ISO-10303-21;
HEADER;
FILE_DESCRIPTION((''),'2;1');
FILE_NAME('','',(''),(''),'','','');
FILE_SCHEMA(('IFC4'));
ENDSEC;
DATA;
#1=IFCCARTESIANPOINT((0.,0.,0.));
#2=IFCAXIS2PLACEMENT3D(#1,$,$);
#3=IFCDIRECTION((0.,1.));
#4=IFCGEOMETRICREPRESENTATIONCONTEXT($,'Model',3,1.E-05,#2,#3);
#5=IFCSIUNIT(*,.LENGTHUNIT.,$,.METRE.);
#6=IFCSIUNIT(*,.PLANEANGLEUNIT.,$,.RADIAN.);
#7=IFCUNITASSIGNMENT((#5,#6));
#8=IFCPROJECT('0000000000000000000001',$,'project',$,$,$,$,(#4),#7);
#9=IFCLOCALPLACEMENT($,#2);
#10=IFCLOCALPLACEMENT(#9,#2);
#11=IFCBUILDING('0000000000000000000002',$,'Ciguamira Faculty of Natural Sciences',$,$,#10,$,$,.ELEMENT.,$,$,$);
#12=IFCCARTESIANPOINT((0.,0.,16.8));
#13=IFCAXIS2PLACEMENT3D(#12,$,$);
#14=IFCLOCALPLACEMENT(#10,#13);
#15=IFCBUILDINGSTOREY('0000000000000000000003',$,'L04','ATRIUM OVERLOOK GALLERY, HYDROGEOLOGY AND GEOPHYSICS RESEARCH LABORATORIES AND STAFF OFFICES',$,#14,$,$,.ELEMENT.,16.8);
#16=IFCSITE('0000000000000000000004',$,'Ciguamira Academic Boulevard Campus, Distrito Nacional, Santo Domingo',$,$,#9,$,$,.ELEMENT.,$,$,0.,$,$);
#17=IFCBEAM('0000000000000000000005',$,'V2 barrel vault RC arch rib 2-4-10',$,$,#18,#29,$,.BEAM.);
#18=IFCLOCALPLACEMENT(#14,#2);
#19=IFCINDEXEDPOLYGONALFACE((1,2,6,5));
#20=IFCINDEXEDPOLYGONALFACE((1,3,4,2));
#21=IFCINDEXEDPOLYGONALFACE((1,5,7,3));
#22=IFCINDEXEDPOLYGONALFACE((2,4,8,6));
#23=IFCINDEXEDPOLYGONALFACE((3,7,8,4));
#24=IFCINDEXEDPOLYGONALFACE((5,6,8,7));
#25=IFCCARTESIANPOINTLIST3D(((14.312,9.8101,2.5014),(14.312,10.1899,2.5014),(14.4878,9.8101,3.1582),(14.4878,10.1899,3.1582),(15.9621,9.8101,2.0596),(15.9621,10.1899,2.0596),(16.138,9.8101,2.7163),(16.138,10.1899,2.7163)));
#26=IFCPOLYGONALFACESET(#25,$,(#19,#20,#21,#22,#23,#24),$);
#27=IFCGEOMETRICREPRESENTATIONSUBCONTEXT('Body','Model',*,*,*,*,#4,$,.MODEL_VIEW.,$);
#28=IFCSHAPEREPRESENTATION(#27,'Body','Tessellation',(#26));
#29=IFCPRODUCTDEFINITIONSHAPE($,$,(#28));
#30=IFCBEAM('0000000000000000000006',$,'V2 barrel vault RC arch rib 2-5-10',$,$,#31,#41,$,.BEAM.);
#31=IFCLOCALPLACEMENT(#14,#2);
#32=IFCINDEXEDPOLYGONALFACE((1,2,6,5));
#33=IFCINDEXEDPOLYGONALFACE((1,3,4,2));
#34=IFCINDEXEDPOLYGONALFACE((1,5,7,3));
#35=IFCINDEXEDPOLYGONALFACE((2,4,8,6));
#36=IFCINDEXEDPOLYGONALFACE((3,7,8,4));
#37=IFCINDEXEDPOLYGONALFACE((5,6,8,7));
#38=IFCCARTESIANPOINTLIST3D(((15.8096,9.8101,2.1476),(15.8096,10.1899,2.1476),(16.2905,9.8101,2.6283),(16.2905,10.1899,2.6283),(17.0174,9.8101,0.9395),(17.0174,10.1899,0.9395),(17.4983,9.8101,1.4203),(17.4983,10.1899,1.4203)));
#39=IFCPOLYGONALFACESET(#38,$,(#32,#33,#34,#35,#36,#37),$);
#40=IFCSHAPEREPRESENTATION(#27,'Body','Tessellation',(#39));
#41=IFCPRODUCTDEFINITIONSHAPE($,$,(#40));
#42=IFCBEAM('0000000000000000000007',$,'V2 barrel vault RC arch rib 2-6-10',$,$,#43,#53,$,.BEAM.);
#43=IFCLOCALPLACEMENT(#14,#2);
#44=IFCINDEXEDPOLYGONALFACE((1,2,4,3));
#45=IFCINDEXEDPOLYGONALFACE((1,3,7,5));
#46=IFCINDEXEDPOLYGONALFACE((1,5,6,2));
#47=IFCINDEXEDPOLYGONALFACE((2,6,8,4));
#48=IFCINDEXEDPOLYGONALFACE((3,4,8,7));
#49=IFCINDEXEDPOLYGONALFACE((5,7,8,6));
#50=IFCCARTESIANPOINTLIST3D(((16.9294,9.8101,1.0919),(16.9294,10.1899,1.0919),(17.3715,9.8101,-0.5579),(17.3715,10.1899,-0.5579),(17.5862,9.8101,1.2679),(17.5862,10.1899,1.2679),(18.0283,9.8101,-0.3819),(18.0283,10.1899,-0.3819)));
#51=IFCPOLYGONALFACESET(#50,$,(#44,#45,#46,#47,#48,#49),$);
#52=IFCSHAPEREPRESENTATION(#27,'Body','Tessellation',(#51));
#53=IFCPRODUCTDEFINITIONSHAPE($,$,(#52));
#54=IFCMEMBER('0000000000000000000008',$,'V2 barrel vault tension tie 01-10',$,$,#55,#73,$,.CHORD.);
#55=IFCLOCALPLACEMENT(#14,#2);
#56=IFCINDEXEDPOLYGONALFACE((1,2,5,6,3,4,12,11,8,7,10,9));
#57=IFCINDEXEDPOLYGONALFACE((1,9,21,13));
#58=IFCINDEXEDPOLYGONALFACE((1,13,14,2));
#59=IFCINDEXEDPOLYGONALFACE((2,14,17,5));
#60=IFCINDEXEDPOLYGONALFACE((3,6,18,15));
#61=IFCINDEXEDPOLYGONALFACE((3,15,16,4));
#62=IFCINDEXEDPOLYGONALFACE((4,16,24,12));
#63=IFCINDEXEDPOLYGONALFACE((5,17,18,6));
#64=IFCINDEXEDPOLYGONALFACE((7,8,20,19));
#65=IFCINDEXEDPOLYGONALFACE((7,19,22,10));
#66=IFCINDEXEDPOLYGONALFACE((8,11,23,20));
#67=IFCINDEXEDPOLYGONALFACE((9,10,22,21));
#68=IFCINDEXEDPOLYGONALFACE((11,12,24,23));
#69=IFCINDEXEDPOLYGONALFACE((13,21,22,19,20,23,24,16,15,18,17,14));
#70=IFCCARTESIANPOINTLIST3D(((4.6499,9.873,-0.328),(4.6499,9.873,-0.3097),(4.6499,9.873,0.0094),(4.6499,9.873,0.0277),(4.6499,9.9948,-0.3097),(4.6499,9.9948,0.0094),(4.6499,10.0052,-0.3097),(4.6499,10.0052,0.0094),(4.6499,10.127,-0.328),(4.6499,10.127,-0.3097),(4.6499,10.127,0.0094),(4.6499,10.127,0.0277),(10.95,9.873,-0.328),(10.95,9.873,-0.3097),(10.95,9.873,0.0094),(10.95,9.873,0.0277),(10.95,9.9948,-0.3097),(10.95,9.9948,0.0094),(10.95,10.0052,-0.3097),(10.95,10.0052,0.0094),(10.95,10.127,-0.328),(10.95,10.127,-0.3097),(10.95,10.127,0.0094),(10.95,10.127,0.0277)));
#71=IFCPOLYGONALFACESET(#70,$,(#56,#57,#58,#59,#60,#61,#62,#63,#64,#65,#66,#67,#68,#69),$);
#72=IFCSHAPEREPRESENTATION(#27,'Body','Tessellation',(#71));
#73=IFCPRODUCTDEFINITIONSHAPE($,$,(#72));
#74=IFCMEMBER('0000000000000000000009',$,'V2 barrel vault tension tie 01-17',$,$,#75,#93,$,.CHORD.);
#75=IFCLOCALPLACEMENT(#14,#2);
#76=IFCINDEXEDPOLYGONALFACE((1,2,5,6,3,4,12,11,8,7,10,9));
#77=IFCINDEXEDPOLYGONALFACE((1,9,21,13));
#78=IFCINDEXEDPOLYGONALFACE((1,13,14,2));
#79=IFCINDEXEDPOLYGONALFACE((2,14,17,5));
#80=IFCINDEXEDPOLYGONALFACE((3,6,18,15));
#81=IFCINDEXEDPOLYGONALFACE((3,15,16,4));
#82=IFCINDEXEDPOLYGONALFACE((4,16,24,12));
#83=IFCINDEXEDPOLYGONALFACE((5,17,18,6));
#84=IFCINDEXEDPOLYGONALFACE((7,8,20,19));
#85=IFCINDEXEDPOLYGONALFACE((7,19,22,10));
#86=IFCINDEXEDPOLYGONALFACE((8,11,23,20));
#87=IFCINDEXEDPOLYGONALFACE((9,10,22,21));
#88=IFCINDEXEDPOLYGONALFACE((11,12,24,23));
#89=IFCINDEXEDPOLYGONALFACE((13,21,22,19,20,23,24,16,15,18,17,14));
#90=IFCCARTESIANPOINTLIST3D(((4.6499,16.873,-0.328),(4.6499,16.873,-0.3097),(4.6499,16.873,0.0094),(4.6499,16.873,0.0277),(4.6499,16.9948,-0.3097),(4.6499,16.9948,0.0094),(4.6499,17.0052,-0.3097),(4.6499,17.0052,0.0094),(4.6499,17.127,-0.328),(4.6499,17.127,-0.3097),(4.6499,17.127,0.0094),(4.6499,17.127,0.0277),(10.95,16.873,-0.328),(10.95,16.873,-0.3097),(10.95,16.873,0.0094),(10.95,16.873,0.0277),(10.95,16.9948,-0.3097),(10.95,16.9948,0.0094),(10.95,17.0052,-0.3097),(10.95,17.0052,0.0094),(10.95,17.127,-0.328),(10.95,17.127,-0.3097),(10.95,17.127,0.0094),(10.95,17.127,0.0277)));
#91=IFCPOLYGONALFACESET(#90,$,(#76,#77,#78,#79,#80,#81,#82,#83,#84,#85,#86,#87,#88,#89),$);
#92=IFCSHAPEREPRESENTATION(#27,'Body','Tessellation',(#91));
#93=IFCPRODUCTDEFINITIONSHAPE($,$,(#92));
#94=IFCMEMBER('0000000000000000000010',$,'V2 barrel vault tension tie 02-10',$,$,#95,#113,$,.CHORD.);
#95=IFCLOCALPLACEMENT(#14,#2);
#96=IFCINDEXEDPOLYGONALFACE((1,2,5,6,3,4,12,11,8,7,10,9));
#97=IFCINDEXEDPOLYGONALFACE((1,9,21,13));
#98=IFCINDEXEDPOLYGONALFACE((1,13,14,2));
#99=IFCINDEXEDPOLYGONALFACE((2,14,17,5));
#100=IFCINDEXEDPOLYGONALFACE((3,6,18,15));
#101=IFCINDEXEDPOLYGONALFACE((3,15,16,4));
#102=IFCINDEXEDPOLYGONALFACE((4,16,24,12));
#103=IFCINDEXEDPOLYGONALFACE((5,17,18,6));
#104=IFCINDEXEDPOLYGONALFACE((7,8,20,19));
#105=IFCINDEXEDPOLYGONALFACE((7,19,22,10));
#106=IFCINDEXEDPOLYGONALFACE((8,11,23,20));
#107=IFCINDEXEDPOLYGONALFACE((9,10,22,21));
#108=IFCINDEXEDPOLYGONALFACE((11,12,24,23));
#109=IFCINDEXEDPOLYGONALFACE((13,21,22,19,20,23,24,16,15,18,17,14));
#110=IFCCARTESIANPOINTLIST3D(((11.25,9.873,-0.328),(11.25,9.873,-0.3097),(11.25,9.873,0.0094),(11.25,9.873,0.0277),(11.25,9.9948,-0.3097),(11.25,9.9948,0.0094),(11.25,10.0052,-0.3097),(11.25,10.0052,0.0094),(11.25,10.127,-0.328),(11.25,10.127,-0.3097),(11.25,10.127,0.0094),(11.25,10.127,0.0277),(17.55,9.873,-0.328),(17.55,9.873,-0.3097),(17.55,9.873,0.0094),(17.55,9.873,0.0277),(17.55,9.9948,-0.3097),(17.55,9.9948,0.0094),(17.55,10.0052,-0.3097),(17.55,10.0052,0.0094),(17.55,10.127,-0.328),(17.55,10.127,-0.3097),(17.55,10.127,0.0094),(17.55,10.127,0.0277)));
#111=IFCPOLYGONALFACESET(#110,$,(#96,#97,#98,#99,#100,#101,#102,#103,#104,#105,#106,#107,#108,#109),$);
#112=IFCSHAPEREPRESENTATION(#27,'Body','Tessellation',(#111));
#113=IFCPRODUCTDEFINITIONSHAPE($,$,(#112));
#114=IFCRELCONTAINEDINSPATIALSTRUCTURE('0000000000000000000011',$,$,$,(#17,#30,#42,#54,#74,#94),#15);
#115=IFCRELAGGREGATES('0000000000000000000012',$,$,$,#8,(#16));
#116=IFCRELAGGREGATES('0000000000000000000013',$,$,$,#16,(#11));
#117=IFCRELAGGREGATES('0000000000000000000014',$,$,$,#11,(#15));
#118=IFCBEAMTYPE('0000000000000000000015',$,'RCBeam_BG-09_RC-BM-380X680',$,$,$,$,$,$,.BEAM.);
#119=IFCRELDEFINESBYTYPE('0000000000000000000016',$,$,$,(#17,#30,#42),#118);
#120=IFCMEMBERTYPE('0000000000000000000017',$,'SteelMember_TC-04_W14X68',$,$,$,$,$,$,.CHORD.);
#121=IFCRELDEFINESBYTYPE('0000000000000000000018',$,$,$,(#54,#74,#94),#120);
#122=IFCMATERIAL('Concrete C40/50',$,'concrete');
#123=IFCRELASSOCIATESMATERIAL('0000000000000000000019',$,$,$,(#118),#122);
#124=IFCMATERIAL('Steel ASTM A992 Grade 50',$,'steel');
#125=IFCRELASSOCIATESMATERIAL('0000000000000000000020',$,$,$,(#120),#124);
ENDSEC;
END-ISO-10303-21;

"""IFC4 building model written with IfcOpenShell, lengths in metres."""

from ifc_helpers import new_model, si_unit, direction, frame, origin, origin_2d, place, context, subcontext, project, spatial, rectangle, i_section, extrude, material, material_profile, profile_set, type_object, element, save


model = new_model("IFC4")

# Units and contexts
model_context = context("Model", 3, precision=1e-05, world=origin(), true_north=direction((0.0, 1.0)))
body_context = subcontext(model_context, "Body", "Model", "MODEL_VIEW")
ifc_project = project(units=[si_unit("LENGTHUNIT", "METRE"), si_unit("PLANEANGLEUNIT", "RADIAN")], contexts=[model_context])

# Site, building, storey
site_placement = place(None, origin())
site = spatial("IfcSite", under=ifc_project, at=site_placement, Name="Ciguamira Academic Boulevard Campus, Distrito Nacional, Santo Domingo", CompositionType="ELEMENT", RefElevation=0.0)
building_placement = place(site_placement, origin())
building = spatial("IfcBuilding", under=site, at=building_placement, Name="Ciguamira Faculty of Natural Sciences", CompositionType="ELEMENT")
storey_placement = place(building_placement, frame((0.0, 0.0, 16.8)))
storey = spatial("IfcBuildingStorey", under=building, at=storey_placement, Name="L04", Description="ATRIUM OVERLOOK GALLERY, HYDROGEOLOGY AND GEOPHYSICS RESEARCH LABORATORIES AND STAFF OFFICES", CompositionType="ELEMENT", Elevation=16.8)

# Beams
ifc_material_1 = material(Name="Concrete C40/50", Category="concrete")
ifc_material_profile_1 = material_profile(ifc_material_1, rectangle(XDim=0.3799, YDim=0.6799, at=origin_2d()), Name="RC-BM-380X680")
ifc_profile_set_1 = profile_set([ifc_material_profile_1], Name="Concrete C40/50")
beam_type_1 = type_object("IfcBeamType", Name="RCBeam_BG-09_RC-BM-380X680", PredefinedType="BEAM", material=ifc_profile_set_1)
for number, where, z_axis, x_axis, name in (
    (1, (14.3999, 10.0, 2.8298), (0.965964, 0.0, -0.258677), (0.0, 1.0, 0.0), "V2 barrel vault RC arch rib 2-4-10"),
    (2, (16.05, 10.0, 2.3879), (0.707035, 0.0, -0.707178), (0.0, 1.0, 0.0), "V2 barrel vault RC arch rib 2-5-10"),
):
    element("IfcBeam", number, at=place(storey_placement, frame(where, z_axis=z_axis, x_axis=x_axis)), inside=storey, type_object=beam_type_1, Name=name, PredefinedType="BEAM", context=body_context, shape_type="SweptSolid", body=[
        extrude(rectangle(XDim=0.3799, YDim=0.6799, at=origin_2d()), origin(), (0.0, 0.0, 1.0), 1.7083),
    ])
beam_1_placement = place(storey_placement, frame((17.2578, 10.0, 1.1799), z_axis=(0.258846, 0.0, -0.965919), x_axis=(0.0, 1.0, 0.0)))
element("IfcBeam", 3, at=beam_1_placement, inside=storey, type_object=beam_type_1, Name="V2 barrel vault RC arch rib 2-6-10", PredefinedType="BEAM", context=body_context, shape_type="SweptSolid", body=[
    extrude(rectangle(XDim=0.3799, YDim=0.6799, at=origin_2d()), origin(), (0.0, 0.0, 1.0), 1.708),
])

# Members
ifc_material_2 = material(Name="Steel ASTM A992 Grade 50", Category="steel")
ifc_material_profile_2 = material_profile(ifc_material_2, i_section(OverallWidth=0.2539, OverallDepth=0.3557, WebThickness=0.0105, FlangeThickness=0.0183, at=origin_2d()), Name="W14X68")
ifc_profile_set_2 = profile_set([ifc_material_profile_2], Name="Steel ASTM A992 Grade 50")
member_type = type_object("IfcMemberType", Name="SteelMember_TC-04_W14X68", PredefinedType="CHORD", material=ifc_profile_set_2)
for number, where, z_axis, x_axis, name in (
    (4, (4.6499, 10.0, -0.1501), (1.0, 0.0, 0.0), (0.0, 1.0, 0.0), "V2 barrel vault tension tie 01-10"),
    (5, (4.6499, 17.0, -0.1501), (1.0, 0.0, 0.0), (0.0, 1.0, 0.0), "V2 barrel vault tension tie 01-17"),
    (6, (11.25, 10.0, -0.1501), (1.0, 0.0, 0.0), (0.0, 1.0, 0.0), "V2 barrel vault tension tie 02-10"),
):
    element("IfcMember", number, at=place(storey_placement, frame(where, z_axis=z_axis, x_axis=x_axis)), inside=storey, type_object=member_type, Name=name, PredefinedType="CHORD", context=body_context, shape_type="SweptSolid", body=[
        extrude(i_section(OverallWidth=0.2539, OverallDepth=0.3557, WebThickness=0.0105, FlangeThickness=0.0183, at=origin_2d()), origin(), (0.0, 0.0, 1.0), 6.3),
    ])

save(model, "model.ifc")
